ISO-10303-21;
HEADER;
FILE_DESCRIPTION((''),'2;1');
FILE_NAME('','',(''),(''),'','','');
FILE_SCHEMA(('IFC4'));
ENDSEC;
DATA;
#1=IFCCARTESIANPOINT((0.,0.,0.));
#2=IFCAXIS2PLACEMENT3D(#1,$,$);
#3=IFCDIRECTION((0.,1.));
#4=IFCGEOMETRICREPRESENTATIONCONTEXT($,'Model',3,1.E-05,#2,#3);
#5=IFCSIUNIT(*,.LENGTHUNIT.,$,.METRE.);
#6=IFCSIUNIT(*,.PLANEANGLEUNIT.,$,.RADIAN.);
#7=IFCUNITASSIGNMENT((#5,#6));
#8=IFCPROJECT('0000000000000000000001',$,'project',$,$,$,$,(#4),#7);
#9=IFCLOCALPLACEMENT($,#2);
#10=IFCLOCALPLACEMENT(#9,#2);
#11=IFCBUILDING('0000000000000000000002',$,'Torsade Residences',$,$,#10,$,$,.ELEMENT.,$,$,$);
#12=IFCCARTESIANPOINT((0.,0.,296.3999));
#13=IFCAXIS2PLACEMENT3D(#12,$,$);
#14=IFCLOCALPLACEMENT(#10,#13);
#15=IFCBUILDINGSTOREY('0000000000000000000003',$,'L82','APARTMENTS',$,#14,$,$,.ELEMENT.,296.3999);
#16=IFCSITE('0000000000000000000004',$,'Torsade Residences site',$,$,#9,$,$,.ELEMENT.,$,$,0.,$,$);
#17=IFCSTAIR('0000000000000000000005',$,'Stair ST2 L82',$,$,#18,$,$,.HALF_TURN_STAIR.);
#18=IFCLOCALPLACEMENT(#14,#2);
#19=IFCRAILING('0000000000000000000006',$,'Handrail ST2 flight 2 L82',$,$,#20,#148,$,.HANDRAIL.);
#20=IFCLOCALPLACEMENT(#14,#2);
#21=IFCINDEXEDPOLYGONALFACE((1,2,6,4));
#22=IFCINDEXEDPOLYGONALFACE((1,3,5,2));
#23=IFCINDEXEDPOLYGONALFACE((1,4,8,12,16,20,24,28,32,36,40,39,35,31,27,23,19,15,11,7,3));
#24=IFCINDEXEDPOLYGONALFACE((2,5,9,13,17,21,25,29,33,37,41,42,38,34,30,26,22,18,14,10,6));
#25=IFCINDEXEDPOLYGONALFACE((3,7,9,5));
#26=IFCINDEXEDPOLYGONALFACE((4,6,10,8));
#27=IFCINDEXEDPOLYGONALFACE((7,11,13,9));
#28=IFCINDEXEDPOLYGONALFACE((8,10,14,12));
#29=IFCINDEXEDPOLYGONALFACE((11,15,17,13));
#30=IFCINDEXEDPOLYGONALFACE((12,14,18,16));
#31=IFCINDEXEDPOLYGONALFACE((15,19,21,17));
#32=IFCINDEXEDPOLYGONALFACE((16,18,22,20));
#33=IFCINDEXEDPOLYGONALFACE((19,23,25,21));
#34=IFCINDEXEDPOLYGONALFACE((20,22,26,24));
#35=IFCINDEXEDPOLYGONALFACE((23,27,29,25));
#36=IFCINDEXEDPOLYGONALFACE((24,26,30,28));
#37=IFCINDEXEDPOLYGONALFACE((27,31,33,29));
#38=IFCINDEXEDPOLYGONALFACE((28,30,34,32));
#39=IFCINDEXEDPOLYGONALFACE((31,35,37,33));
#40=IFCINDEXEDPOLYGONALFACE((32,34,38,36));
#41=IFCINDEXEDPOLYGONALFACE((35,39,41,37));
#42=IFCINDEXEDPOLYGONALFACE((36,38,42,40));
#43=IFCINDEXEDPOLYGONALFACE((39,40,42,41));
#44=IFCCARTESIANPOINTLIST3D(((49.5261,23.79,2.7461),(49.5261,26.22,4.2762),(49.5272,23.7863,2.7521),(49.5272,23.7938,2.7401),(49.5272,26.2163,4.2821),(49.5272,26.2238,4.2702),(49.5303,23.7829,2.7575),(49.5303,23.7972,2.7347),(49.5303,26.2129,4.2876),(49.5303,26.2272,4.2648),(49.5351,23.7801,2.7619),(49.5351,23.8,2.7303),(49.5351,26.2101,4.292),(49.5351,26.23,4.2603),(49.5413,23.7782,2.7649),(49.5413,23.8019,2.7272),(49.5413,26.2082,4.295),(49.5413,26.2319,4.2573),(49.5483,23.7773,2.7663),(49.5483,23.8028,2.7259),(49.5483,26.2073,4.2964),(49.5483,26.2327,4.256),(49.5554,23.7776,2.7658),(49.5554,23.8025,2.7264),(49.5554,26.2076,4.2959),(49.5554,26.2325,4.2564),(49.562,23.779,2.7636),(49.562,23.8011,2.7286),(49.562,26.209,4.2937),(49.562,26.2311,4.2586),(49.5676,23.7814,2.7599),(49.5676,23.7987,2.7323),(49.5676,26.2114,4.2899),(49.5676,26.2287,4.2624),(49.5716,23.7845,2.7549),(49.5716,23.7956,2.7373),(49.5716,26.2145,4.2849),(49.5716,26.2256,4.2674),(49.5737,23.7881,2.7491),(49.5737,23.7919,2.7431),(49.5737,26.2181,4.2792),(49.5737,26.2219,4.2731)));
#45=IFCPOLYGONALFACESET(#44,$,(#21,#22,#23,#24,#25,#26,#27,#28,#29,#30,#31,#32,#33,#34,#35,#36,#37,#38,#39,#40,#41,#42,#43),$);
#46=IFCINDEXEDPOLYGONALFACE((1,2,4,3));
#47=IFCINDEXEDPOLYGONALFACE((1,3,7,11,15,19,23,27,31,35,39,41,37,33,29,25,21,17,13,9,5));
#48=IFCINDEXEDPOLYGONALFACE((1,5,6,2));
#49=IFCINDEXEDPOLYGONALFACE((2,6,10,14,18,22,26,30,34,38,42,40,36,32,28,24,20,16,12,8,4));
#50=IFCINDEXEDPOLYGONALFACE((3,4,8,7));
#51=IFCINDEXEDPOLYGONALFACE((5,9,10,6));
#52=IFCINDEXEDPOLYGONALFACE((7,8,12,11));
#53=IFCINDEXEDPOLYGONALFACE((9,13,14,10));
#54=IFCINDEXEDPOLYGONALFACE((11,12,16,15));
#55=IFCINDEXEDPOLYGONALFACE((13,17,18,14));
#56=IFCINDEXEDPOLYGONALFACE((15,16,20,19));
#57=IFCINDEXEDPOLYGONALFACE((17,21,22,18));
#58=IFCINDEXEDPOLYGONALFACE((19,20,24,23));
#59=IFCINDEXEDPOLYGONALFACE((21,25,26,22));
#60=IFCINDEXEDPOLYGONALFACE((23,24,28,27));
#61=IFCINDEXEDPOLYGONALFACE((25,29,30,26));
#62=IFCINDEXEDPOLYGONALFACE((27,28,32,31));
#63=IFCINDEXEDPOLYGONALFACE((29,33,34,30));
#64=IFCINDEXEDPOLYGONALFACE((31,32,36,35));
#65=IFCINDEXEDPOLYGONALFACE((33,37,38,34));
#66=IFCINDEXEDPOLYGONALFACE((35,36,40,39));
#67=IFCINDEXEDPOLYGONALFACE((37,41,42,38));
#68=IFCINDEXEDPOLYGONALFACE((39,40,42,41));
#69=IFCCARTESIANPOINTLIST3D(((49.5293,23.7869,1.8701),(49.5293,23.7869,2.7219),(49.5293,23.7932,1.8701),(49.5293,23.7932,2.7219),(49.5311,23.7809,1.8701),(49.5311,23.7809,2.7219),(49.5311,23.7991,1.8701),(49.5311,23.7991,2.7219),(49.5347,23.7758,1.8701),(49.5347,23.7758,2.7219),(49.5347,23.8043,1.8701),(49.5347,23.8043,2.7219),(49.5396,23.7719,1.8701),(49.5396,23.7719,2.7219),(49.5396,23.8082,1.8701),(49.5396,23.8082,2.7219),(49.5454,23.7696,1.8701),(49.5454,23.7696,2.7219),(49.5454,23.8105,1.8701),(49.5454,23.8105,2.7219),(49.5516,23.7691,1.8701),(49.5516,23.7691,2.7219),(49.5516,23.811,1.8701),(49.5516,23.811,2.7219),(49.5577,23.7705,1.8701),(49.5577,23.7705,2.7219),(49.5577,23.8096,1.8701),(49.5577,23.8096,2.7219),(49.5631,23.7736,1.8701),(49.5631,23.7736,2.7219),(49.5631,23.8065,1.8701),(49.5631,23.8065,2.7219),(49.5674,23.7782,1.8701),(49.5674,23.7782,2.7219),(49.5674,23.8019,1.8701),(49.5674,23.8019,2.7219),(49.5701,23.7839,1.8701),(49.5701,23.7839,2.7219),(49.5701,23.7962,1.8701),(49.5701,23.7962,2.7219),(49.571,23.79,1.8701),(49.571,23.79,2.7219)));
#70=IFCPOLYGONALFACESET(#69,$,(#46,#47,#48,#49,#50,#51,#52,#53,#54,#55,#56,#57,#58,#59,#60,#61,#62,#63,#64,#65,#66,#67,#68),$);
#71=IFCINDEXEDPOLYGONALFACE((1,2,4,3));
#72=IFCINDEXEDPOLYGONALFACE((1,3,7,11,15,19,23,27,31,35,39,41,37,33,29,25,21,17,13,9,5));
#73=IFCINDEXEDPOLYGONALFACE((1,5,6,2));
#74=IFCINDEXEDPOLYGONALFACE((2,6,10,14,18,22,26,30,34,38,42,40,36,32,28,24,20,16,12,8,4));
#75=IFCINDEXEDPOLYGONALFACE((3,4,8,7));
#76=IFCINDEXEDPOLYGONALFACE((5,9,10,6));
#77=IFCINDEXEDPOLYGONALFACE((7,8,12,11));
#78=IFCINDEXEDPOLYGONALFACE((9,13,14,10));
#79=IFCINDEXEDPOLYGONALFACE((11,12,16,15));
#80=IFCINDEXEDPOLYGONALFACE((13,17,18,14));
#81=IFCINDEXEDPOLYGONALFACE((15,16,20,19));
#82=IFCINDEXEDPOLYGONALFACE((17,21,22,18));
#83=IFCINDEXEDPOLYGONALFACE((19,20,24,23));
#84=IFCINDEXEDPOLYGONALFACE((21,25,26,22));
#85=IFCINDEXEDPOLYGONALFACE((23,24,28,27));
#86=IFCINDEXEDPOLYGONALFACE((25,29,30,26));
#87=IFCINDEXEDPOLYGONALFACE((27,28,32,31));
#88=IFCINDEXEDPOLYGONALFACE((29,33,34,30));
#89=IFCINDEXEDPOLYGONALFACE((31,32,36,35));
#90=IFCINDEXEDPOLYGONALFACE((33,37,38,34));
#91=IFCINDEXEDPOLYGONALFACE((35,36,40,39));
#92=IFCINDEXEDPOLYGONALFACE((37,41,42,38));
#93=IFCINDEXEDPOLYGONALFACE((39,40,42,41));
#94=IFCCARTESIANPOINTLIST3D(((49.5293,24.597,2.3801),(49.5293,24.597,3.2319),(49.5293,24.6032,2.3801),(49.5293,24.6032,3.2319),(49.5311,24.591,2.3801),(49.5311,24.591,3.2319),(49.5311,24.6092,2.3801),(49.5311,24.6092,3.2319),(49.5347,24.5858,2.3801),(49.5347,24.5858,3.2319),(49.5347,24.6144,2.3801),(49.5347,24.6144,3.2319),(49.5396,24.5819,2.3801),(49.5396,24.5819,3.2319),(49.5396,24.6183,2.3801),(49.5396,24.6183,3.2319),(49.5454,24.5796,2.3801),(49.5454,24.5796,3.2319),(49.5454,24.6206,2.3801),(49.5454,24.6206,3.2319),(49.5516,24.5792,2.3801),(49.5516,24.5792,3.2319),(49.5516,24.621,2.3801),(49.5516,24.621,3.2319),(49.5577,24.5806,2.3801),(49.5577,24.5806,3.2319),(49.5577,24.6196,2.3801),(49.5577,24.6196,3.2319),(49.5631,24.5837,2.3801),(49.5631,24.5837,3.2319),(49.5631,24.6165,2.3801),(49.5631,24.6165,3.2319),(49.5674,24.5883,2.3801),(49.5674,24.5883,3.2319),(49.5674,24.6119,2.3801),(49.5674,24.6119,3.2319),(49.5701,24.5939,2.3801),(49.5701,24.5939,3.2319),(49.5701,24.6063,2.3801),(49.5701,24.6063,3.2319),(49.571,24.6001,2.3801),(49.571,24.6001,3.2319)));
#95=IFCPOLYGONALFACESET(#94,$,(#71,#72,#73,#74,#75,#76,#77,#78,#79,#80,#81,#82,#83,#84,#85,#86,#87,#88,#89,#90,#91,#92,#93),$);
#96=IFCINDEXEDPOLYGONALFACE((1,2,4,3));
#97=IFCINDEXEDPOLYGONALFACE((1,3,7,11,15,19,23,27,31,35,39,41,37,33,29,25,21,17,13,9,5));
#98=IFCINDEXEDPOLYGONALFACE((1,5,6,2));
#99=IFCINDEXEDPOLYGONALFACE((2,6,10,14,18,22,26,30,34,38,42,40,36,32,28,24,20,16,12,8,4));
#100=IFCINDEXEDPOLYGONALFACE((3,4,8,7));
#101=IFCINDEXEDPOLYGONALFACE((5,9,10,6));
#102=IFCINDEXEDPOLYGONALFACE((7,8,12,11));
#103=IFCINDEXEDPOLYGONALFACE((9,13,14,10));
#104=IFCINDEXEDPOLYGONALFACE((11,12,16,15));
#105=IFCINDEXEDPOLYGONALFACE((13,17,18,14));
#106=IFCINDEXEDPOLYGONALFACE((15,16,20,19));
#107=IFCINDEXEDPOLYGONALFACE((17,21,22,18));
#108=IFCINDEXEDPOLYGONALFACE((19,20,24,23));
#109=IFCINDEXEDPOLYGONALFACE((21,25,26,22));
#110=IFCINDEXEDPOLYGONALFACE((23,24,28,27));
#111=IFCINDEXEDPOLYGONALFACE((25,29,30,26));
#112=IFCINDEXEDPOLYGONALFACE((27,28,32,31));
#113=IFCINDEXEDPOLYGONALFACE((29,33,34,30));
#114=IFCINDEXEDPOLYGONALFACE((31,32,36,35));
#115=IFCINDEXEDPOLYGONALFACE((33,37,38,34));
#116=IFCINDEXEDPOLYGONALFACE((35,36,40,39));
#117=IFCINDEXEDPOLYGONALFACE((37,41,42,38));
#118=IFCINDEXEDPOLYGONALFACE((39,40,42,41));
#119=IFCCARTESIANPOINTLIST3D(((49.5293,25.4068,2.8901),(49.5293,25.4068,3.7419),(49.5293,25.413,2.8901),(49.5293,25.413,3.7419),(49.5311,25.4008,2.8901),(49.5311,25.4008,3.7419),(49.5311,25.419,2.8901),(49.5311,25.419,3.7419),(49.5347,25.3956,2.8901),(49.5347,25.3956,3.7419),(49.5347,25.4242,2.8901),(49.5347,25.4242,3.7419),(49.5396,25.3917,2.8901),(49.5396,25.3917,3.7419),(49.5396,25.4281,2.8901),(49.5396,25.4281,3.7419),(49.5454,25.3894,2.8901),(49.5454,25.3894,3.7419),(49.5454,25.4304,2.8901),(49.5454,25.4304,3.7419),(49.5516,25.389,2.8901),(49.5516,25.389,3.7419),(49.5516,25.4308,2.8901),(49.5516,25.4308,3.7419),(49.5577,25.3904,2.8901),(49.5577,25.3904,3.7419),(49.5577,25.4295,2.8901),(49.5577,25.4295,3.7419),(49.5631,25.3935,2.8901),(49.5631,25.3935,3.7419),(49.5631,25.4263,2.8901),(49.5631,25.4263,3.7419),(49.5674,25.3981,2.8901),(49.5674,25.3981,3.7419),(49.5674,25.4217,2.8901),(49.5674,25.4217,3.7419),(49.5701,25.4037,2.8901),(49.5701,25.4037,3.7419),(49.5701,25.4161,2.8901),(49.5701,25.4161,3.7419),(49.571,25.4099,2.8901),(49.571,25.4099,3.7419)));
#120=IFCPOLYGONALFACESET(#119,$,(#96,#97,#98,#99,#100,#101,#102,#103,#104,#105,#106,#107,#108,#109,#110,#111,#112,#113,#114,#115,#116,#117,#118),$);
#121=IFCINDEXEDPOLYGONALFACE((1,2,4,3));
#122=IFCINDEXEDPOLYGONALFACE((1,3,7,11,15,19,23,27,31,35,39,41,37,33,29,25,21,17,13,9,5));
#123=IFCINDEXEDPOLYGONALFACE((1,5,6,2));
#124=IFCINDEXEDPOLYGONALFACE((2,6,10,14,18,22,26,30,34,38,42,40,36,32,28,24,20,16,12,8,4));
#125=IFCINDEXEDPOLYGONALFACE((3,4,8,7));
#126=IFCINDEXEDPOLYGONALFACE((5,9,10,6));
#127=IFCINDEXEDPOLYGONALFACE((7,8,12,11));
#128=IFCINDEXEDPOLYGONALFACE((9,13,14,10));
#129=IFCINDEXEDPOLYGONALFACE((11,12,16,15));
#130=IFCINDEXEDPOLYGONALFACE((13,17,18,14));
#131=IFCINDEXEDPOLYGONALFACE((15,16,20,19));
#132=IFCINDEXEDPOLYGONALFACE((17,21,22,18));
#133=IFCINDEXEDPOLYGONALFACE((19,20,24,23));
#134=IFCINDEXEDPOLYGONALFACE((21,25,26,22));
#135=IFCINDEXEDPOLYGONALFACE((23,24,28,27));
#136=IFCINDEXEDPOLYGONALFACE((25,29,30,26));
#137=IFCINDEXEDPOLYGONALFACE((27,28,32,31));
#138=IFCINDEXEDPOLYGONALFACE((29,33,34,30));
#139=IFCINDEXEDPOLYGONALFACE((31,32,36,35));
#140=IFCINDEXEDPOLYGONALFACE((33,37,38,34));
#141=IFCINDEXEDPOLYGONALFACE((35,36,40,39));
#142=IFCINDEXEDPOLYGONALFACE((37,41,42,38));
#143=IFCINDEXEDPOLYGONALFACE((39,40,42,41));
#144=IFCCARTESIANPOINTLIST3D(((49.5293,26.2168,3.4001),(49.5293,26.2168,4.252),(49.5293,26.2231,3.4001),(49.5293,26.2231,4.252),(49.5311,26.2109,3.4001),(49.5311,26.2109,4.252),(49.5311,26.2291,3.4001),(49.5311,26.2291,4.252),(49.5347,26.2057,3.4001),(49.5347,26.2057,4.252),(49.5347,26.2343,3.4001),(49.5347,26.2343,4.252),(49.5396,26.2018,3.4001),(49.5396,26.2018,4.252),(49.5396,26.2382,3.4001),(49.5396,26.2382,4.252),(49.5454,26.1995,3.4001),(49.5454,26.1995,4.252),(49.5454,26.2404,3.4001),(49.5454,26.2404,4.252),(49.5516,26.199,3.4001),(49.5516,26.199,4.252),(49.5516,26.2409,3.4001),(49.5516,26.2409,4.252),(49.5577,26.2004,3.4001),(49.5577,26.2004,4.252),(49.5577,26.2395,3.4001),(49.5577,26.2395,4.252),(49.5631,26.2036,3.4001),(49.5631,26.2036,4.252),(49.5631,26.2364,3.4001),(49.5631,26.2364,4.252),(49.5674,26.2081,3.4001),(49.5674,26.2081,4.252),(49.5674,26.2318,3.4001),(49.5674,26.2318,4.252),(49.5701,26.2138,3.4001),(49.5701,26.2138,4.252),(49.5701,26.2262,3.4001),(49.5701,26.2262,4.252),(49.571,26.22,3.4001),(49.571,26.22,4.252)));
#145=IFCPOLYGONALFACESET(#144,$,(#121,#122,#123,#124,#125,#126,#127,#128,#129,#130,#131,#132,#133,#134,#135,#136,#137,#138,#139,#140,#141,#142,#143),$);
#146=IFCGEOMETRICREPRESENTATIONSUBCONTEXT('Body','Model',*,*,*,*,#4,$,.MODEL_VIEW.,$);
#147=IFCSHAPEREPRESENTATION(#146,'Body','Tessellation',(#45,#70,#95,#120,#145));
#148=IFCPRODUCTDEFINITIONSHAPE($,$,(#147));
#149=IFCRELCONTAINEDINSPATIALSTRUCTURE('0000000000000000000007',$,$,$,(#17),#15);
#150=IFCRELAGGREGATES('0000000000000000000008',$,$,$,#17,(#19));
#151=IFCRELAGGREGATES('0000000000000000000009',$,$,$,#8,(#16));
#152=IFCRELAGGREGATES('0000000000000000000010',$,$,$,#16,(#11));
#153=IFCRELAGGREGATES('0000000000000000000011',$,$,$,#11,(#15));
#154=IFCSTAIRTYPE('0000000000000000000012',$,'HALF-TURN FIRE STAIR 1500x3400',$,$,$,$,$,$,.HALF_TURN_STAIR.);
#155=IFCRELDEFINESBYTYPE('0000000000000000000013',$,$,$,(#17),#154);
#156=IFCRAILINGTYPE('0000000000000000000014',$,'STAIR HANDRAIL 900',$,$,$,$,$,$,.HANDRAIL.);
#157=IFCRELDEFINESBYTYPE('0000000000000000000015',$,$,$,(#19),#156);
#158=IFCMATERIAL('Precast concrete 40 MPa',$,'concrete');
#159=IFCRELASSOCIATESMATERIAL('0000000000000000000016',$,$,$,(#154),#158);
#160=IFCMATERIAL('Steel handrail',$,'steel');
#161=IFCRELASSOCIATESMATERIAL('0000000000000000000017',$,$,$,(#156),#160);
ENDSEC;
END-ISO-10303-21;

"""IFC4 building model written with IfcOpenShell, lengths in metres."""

from ifc_helpers import new_model, si_unit, direction, frame, origin, origin_2d, place, context, subcontext, project, spatial, circle, extrude, material, type_object, element, aggregate, save


model = new_model("IFC4")

# Units and contexts
model_context = context("Model", 3, precision=1e-05, world=origin(), true_north=direction((0.0, 1.0)))
body_context = subcontext(model_context, "Body", "Model", "MODEL_VIEW")
ifc_project = project(units=[si_unit("LENGTHUNIT", "METRE"), si_unit("PLANEANGLEUNIT", "RADIAN")], contexts=[model_context])

# Site, building, storey
site_placement = place(None, origin())
site = spatial("IfcSite", under=ifc_project, at=site_placement, Name="Torsade Residences site", CompositionType="ELEMENT", RefElevation=0.0)
building_placement = place(site_placement, origin())
building = spatial("IfcBuilding", under=site, at=building_placement, Name="Torsade Residences", CompositionType="ELEMENT")
storey_placement = place(building_placement, frame((0.0, 0.0, 296.3999)))
storey = spatial("IfcBuildingStorey", under=building, at=storey_placement, Name="L82", Description="APARTMENTS", CompositionType="ELEMENT", Elevation=296.3999)

# Stair, railing
ifc_material_1 = material(Name="Precast concrete 40 MPa", Category="concrete")
stair_type = type_object("IfcStairType", Name="HALF-TURN FIRE STAIR 1500x3400", PredefinedType="HALF_TURN_STAIR", material=ifc_material_1)
stair_placement = place(storey_placement, origin())
stair = element("IfcStair", 1, at=stair_placement, inside=storey, type_object=stair_type, Name="Stair ST2 L82", PredefinedType="HALF_TURN_STAIR")
ifc_material_2 = material(Name="Steel handrail", Category="steel")
railing_type = type_object("IfcRailingType", Name="STAIR HANDRAIL 900", PredefinedType="HANDRAIL", material=ifc_material_2)
railing_1_placement = place(storey_placement, frame((49.55, 23.79, 1.8701)))
railing_1 = element("IfcRailing", 2, at=railing_1_placement, type_object=railing_type, Name="Handrail ST2 flight 2 L82", PredefinedType="HANDRAIL", context=body_context, shape_type="SweptSolid", body=[
    extrude(circle(Radius=0.0239, at=origin_2d()), frame((0.0, 0.0, 0.876), z_axis=(0.0, 0.846221, 0.532831), x_axis=(-1.0, 0.0, 0.0)), (0.0, 0.0, 1.0), 2.8716),
    extrude(circle(Radius=0.021, at=origin_2d()), origin(), (0.0, 0.0, 1.0), 0.8518),
    extrude(circle(Radius=0.021, at=origin_2d()), frame((0.0, 0.8101, 0.51)), (0.0, 0.0, 1.0), 0.8518),
    extrude(circle(Radius=0.021, at=origin_2d()), frame((0.0, 1.6199, 1.02)), (0.0, 0.0, 1.0), 0.8518),
    extrude(circle(Radius=0.021, at=origin_2d()), frame((0.0, 2.4299, 1.53)), (0.0, 0.0, 1.0), 0.8518),
])
aggregate(stair, [railing_1])

save(model, "model.ifc")
